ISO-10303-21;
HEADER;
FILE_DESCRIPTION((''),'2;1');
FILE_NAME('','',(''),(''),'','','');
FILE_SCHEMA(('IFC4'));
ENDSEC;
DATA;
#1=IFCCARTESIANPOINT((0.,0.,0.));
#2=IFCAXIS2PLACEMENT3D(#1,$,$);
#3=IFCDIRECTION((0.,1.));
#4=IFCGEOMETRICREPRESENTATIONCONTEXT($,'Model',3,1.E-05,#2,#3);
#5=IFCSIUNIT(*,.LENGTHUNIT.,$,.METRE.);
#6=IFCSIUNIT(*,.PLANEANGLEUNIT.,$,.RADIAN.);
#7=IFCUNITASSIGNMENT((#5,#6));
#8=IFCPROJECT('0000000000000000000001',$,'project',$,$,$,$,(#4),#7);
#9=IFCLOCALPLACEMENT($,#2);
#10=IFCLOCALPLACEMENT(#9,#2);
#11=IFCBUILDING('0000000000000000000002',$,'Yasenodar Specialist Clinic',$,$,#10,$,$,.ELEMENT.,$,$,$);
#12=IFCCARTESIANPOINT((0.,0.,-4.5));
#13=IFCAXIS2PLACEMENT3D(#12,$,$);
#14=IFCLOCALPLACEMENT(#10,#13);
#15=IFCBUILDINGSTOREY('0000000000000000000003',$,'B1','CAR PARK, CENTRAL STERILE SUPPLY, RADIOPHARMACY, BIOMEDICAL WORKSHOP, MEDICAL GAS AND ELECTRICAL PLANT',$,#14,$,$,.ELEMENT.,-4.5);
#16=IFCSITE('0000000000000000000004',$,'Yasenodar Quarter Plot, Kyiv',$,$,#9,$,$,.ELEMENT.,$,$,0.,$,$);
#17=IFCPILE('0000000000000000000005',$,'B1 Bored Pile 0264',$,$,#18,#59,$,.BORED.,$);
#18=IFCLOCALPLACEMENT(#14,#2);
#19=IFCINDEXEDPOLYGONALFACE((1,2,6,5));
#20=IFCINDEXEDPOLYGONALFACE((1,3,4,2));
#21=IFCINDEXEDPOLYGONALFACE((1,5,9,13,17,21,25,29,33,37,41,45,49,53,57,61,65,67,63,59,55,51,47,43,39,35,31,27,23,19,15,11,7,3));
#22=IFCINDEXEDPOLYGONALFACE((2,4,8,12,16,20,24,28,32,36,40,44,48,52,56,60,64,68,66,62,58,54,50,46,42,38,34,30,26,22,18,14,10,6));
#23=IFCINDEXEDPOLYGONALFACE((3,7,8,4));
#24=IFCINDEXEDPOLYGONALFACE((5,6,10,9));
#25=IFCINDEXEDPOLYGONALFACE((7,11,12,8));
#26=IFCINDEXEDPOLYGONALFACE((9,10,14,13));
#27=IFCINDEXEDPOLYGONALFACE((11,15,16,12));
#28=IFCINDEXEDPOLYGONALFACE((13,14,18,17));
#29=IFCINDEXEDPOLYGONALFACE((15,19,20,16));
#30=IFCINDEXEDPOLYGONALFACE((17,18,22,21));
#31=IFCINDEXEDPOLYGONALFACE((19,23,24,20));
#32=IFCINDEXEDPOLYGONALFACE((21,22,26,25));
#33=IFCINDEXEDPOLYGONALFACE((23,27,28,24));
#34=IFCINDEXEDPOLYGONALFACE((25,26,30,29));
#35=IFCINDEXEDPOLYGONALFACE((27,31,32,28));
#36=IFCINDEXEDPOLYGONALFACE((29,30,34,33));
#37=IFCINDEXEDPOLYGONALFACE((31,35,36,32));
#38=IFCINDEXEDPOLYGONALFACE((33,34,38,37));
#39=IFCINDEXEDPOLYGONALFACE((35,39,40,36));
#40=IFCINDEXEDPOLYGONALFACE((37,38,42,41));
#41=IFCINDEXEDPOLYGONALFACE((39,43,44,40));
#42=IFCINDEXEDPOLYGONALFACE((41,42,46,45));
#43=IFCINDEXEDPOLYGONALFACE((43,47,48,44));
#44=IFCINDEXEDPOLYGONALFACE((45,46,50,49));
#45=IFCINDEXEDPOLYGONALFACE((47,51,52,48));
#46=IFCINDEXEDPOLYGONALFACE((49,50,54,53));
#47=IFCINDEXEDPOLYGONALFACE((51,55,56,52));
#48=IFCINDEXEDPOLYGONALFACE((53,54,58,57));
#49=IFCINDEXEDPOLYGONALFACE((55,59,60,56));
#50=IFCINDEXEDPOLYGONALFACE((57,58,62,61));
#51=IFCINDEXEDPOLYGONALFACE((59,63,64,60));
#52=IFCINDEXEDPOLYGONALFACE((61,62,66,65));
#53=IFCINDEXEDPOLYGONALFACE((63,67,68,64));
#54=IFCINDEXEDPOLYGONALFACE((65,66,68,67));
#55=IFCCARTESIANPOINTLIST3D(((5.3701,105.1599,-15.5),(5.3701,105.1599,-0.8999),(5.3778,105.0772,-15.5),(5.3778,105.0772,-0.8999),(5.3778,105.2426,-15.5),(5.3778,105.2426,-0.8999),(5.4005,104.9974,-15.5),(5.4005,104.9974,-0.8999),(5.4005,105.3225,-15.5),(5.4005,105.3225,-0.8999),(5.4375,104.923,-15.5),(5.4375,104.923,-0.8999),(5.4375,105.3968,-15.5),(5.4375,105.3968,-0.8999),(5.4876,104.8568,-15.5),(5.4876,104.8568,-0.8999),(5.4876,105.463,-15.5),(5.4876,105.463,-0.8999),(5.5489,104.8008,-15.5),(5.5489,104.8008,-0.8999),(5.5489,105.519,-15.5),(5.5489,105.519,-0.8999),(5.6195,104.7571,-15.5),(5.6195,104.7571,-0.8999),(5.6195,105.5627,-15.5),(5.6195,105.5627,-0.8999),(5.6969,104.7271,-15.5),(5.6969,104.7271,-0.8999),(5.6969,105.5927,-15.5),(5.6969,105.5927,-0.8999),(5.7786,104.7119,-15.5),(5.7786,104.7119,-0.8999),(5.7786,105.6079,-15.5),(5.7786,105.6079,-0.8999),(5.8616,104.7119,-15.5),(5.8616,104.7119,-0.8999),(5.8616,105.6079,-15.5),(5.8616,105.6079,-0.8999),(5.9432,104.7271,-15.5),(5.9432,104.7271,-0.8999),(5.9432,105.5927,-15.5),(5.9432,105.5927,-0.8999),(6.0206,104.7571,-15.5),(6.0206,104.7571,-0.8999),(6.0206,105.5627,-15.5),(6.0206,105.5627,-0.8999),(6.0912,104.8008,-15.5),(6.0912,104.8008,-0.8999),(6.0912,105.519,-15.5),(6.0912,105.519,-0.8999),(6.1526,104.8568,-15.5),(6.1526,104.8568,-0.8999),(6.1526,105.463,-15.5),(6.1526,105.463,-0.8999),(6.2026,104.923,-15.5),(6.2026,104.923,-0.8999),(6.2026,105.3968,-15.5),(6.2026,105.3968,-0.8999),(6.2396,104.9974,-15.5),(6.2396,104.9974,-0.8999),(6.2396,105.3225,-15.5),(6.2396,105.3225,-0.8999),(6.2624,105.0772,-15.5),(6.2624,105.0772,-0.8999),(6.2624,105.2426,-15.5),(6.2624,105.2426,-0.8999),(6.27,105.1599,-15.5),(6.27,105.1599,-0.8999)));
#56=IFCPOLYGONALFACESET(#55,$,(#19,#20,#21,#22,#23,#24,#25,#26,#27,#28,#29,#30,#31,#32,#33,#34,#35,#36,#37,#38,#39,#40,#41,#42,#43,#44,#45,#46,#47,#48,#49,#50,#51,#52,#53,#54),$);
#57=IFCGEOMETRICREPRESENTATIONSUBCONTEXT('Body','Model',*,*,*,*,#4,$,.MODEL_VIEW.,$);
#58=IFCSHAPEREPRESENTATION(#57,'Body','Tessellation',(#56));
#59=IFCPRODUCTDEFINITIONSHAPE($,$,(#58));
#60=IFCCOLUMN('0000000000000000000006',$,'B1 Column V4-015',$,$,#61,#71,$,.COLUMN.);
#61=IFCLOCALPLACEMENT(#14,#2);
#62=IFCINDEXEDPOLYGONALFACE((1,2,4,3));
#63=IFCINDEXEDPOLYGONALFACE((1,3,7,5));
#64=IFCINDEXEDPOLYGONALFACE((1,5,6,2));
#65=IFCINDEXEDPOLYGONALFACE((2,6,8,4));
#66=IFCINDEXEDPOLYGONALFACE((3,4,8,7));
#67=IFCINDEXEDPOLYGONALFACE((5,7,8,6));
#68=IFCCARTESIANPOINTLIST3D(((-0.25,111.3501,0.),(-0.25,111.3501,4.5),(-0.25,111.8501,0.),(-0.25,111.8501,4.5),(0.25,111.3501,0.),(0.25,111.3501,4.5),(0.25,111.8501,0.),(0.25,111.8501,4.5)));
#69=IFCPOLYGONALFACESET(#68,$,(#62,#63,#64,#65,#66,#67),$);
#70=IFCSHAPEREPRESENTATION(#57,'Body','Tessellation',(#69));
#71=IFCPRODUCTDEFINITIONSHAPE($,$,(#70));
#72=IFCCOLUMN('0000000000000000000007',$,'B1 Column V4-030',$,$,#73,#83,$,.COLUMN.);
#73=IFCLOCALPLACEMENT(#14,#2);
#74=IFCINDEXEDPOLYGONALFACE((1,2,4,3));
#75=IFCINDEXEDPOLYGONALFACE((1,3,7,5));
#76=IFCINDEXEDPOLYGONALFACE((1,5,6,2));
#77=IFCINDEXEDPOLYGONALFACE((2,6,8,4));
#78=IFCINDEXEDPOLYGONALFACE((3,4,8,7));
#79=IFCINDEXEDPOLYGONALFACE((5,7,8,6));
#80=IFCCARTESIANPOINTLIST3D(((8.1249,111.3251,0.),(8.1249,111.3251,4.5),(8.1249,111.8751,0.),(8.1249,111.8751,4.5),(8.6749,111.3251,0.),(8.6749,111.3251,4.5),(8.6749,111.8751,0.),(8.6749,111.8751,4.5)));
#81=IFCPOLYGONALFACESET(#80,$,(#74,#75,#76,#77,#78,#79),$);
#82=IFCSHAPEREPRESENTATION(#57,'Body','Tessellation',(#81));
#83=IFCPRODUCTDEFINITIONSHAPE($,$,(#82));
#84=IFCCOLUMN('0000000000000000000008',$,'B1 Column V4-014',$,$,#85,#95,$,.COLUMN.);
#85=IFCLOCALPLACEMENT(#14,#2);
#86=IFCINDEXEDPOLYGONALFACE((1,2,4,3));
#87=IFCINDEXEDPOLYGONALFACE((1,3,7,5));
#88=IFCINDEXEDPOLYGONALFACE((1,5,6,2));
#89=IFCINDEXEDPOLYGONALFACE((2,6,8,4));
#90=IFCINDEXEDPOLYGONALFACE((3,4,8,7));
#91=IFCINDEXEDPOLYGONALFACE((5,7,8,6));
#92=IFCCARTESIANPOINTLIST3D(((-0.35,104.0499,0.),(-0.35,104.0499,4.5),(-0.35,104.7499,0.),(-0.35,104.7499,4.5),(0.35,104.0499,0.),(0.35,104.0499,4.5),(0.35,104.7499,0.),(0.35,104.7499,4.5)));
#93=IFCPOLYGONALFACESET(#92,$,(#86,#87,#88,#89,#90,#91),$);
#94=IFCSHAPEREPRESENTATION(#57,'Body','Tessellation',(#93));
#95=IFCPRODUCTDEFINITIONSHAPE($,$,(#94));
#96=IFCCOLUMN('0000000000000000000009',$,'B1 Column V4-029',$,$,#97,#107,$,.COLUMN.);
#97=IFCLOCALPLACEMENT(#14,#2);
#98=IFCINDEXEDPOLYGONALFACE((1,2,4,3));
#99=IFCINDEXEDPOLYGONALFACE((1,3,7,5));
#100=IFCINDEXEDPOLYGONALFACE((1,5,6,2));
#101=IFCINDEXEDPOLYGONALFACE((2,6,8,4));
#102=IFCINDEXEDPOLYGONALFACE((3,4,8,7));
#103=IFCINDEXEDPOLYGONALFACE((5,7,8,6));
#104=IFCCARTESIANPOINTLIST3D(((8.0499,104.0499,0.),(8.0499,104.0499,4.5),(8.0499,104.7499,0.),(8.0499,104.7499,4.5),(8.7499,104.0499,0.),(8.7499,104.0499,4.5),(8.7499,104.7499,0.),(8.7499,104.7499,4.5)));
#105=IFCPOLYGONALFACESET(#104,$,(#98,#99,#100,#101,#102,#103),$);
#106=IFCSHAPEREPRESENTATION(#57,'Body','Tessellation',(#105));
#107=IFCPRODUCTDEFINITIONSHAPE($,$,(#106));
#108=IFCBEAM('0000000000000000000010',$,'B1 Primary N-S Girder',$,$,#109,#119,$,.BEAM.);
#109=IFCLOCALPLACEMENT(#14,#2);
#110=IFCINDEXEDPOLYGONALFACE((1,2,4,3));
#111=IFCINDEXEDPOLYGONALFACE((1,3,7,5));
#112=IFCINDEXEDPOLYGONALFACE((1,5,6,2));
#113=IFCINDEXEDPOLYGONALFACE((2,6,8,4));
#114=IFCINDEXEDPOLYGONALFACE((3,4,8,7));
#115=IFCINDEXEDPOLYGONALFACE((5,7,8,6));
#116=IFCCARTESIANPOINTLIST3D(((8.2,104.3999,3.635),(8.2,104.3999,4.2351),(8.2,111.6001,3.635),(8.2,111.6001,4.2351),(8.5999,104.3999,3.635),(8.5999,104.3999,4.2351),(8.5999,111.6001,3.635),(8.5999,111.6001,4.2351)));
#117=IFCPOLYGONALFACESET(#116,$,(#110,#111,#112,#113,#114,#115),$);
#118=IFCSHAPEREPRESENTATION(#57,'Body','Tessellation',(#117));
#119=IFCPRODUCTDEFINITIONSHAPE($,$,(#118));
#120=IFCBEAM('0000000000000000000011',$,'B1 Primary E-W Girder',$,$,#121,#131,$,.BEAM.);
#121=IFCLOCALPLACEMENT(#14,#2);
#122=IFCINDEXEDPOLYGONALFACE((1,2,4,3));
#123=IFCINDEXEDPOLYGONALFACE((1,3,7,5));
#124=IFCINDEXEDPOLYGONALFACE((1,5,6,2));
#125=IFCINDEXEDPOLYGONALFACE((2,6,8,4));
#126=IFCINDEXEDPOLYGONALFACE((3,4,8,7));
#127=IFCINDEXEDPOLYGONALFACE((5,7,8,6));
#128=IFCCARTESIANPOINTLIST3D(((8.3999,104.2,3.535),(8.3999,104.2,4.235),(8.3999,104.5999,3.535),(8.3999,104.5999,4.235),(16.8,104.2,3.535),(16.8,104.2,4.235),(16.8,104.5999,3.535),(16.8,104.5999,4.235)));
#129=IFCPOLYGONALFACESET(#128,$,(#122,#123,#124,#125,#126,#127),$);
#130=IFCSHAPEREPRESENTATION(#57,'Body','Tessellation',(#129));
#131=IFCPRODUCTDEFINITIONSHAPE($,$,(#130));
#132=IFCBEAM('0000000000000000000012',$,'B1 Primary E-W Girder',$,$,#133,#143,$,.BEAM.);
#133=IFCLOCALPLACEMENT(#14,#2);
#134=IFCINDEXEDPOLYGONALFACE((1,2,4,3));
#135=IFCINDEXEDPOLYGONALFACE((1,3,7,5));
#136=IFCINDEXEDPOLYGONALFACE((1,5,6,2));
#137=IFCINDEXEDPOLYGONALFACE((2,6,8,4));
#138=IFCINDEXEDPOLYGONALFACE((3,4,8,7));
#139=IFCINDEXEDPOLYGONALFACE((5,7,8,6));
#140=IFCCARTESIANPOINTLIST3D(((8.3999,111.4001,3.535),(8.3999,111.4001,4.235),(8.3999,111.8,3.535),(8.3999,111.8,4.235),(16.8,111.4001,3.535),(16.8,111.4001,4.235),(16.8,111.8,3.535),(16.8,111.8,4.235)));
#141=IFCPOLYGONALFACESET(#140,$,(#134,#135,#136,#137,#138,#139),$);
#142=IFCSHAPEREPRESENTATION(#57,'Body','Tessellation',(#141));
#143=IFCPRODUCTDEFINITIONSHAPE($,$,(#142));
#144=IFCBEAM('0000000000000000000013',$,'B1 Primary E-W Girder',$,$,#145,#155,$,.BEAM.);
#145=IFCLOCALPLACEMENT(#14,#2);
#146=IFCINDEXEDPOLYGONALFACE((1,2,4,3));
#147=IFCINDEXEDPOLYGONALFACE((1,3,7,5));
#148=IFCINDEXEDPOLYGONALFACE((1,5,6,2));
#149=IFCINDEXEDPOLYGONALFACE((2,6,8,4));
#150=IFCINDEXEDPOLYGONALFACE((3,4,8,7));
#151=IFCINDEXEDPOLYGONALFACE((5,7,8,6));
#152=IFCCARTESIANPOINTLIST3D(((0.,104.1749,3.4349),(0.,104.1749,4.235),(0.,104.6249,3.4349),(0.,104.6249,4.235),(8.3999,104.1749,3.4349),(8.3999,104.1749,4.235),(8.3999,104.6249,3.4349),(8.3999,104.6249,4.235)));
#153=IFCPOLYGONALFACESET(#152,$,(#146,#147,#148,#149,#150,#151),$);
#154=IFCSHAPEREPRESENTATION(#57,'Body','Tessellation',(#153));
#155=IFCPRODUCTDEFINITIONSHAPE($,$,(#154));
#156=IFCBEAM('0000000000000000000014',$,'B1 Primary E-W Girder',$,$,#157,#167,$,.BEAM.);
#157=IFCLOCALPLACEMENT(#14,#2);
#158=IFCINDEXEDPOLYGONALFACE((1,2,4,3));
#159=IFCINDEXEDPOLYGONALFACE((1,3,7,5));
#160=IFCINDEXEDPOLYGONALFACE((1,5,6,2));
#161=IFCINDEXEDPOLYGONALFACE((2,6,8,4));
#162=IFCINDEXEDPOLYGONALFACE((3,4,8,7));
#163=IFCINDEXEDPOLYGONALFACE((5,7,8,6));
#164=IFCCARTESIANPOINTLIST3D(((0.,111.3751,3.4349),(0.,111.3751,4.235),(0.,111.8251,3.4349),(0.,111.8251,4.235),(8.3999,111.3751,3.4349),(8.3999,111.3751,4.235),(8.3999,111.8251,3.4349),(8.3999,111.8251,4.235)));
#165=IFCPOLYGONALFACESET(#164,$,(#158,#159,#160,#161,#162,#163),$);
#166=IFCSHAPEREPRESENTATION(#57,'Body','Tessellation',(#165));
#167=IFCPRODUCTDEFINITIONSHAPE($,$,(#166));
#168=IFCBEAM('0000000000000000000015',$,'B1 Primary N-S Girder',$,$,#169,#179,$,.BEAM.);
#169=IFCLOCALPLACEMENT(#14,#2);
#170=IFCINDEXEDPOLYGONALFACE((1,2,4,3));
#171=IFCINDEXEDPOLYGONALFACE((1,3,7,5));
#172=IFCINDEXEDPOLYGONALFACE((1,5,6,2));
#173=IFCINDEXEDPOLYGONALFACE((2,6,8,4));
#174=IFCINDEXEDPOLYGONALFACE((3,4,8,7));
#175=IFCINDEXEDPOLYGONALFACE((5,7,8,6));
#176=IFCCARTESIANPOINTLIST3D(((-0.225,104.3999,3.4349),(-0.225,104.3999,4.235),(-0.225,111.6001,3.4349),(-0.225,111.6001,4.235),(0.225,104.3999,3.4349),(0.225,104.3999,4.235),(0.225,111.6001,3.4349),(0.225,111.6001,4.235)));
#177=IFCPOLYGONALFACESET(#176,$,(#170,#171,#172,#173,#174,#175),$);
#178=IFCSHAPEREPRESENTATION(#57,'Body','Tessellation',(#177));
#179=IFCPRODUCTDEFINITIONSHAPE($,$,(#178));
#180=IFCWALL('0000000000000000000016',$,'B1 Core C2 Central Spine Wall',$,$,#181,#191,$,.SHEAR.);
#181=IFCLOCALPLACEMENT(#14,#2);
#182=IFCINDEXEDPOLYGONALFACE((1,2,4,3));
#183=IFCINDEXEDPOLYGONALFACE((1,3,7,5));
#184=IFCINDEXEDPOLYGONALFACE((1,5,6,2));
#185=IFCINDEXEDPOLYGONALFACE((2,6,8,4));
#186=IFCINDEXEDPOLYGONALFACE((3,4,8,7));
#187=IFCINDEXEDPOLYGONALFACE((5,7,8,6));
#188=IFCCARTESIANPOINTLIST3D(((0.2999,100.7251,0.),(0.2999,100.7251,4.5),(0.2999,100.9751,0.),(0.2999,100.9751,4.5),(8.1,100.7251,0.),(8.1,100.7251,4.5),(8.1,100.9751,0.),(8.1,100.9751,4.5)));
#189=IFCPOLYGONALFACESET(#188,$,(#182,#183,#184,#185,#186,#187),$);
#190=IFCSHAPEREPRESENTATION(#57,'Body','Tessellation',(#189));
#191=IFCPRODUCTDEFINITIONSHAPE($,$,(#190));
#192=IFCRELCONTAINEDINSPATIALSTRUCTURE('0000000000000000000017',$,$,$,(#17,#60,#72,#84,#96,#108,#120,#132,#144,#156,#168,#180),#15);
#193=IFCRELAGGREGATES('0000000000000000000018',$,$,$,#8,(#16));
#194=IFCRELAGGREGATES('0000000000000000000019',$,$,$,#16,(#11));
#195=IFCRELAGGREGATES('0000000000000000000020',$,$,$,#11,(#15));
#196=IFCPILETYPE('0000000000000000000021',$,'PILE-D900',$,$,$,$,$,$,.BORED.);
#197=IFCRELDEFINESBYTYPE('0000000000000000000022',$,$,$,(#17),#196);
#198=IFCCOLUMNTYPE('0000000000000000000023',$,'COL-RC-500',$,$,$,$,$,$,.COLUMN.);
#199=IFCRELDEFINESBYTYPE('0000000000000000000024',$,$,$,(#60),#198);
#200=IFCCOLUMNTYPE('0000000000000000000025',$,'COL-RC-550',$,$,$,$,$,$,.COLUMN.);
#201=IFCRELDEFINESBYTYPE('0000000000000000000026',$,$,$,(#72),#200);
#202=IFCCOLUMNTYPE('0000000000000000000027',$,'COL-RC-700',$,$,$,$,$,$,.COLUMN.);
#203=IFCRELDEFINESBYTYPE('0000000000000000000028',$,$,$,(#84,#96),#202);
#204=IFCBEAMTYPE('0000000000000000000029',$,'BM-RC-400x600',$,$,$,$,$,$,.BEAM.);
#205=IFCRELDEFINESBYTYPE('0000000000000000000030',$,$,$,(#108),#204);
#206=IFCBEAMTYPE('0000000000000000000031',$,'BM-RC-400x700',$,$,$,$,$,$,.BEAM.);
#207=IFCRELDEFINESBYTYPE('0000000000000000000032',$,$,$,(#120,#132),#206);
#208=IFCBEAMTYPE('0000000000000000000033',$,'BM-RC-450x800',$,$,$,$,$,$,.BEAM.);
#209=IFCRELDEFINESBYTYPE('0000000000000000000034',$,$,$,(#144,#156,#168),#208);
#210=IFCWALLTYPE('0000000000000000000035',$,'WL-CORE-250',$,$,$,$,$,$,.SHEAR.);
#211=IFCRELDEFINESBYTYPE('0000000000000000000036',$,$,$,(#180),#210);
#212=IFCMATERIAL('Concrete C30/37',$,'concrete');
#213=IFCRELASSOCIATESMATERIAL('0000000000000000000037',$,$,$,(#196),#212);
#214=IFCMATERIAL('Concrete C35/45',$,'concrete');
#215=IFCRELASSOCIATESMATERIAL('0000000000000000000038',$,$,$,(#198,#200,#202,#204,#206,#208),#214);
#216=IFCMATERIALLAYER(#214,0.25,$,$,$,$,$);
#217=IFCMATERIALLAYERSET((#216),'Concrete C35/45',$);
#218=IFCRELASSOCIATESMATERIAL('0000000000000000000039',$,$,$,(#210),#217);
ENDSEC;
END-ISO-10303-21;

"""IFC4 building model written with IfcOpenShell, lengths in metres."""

from ifc_helpers import new_model, si_unit, direction, frame, frame_2d, origin, origin_2d, place, context, subcontext, project, spatial, rectangle, circle, extrude, material, layer, layer_set, material_profile, profile_set, type_object, element, save


model = new_model("IFC4")

# Units and contexts
model_context = context("Model", 3, precision=1e-05, world=origin(), true_north=direction((0.0, 1.0)))
body_context = subcontext(model_context, "Body", "Model", "MODEL_VIEW")
ifc_project = project(units=[si_unit("LENGTHUNIT", "METRE"), si_unit("PLANEANGLEUNIT", "RADIAN")], contexts=[model_context])

# Site, building, storey
site_placement = place(None, origin())
site = spatial("IfcSite", under=ifc_project, at=site_placement, Name="Yasenodar Quarter Plot, Kyiv", CompositionType="ELEMENT", RefElevation=0.0)
building_placement = place(site_placement, origin())
building = spatial("IfcBuilding", under=site, at=building_placement, Name="Yasenodar Specialist Clinic", CompositionType="ELEMENT")
storey_placement = place(building_placement, frame((0.0, 0.0, -4.5)))
storey = spatial("IfcBuildingStorey", under=building, at=storey_placement, Name="B1", Description="CAR PARK, CENTRAL STERILE SUPPLY, RADIOPHARMACY, BIOMEDICAL WORKSHOP, MEDICAL GAS AND ELECTRICAL PLANT", CompositionType="ELEMENT", Elevation=-4.5)

# Shared definitions
ifc_material_1 = material(Name="Concrete C35/45", Category="concrete")

# Pile
ifc_material_2 = material(Name="Concrete C30/37", Category="concrete")
ifc_material_profile_1 = material_profile(ifc_material_2, circle(Radius=0.45, at=origin_2d()), Name="PILE D900")
ifc_profile_set_1 = profile_set([ifc_material_profile_1], Name="Concrete C30/37")
pile_type_1 = type_object("IfcPileType", Name="PILE-D900", PredefinedType="BORED", material=ifc_profile_set_1)
for number, where, z_axis, x_axis, name in (
    (1, (5.8201, 105.1599, -0.8999), (0.0, 0.0, -1.0), (1.0, 0.0, 0.0), "B1 Bored Pile 0264"),
):
    element("IfcPile", number, at=place(storey_placement, frame(where, z_axis=z_axis, x_axis=x_axis)), inside=storey, type_object=pile_type_1, Name=name, PredefinedType="BORED", context=body_context, shape_type="SweptSolid", body=[
        extrude(circle(Radius=0.45, at=origin_2d()), origin(), (0.0, 0.0, 1.0), 14.6001),
    ])

# Columns
ifc_material_profile_2 = material_profile(ifc_material_1, rectangle(XDim=0.5, YDim=0.5, at=origin_2d()), Name="RC 500x500")
ifc_profile_set_2 = profile_set([ifc_material_profile_2], Name="Concrete C35/45")
column_type_1 = type_object("IfcColumnType", Name="COL-RC-500", PredefinedType="COLUMN", material=ifc_profile_set_2)
column_1_placement = place(storey_placement, frame((0.0, 111.6001, 0.0), z_axis=(0.0, 0.0, 1.0), x_axis=(1.0, 0.0, 0.0)))
element("IfcColumn", 2, at=column_1_placement, inside=storey, type_object=column_type_1, Name="B1 Column V4-015", PredefinedType="COLUMN", context=body_context, shape_type="SweptSolid", body=[
    extrude(rectangle(XDim=0.5, YDim=0.5, at=origin_2d()), origin(), (0.0, 0.0, 1.0), 4.5),
])
ifc_material_profile_3 = material_profile(ifc_material_1, rectangle(XDim=0.55, YDim=0.55, at=origin_2d()), Name="RC 550x550")
ifc_profile_set_3 = profile_set([ifc_material_profile_3], Name="Concrete C35/45")
column_type_2 = type_object("IfcColumnType", Name="COL-RC-550", PredefinedType="COLUMN", material=ifc_profile_set_3)
column_2_placement = place(storey_placement, frame((8.3999, 111.6001, 0.0), z_axis=(0.0, 0.0, 1.0), x_axis=(1.0, 0.0, 0.0)))
element("IfcColumn", 3, at=column_2_placement, inside=storey, type_object=column_type_2, Name="B1 Column V4-030", PredefinedType="COLUMN", context=body_context, shape_type="SweptSolid", body=[
    extrude(rectangle(XDim=0.55, YDim=0.55, at=origin_2d()), origin(), (0.0, 0.0, 1.0), 4.5),
])
ifc_material_profile_4 = material_profile(ifc_material_1, rectangle(XDim=0.7, YDim=0.7, at=origin_2d()), Name="RC 700x700")
ifc_profile_set_4 = profile_set([ifc_material_profile_4], Name="Concrete C35/45")
column_type_3 = type_object("IfcColumnType", Name="COL-RC-700", PredefinedType="COLUMN", material=ifc_profile_set_4)
for number, where, z_axis, x_axis, name in (
    (4, (0.0, 104.3999, 0.0), (0.0, 0.0, 1.0), (1.0, 0.0, 0.0), "B1 Column V4-014"),
    (5, (8.3999, 104.3999, 0.0), (0.0, 0.0, 1.0), (1.0, 0.0, 0.0), "B1 Column V4-029"),
):
    element("IfcColumn", number, at=place(storey_placement, frame(where, z_axis=z_axis, x_axis=x_axis)), inside=storey, type_object=column_type_3, Name=name, PredefinedType="COLUMN", context=body_context, shape_type="SweptSolid", body=[
        extrude(rectangle(XDim=0.7, YDim=0.7, at=origin_2d()), origin(), (0.0, 0.0, 1.0), 4.5),
    ])

# Beams
ifc_material_profile_5 = material_profile(ifc_material_1, rectangle(XDim=0.3999, YDim=0.6001, at=origin_2d()), Name="RC 400x600")
ifc_profile_set_5 = profile_set([ifc_material_profile_5], Name="Concrete C35/45")
beam_type_1 = type_object("IfcBeamType", Name="BM-RC-400x600", PredefinedType="BEAM", material=ifc_profile_set_5)
beam_1_placement = place(storey_placement, frame((8.3999, 104.3999, 3.9351), z_axis=(0.0, 1.0, 0.0), x_axis=(-1.0, 0.0, 0.0)))
element("IfcBeam", 6, at=beam_1_placement, inside=storey, type_object=beam_type_1, Name="B1 Primary N-S Girder", PredefinedType="BEAM", context=body_context, shape_type="SweptSolid", body=[
    extrude(rectangle(XDim=0.3999, YDim=0.6001, at=origin_2d()), origin(), (0.0, 0.0, 1.0), 7.2002),
])
ifc_material_profile_6 = material_profile(ifc_material_1, rectangle(XDim=0.3999, YDim=0.7, at=origin_2d()), Name="RC 400x700")
ifc_profile_set_6 = profile_set([ifc_material_profile_6], Name="Concrete C35/45")
beam_type_2 = type_object("IfcBeamType", Name="BM-RC-400x700", PredefinedType="BEAM", material=ifc_profile_set_6)
for number, where, z_axis, x_axis, name in (
    (7, (8.3999, 104.3999, 3.885), (1.0, 0.0, 0.0), (0.0, 1.0, 0.0), "B1 Primary E-W Girder"),
    (8, (8.3999, 111.6001, 3.885), (1.0, 0.0, 0.0), (0.0, 1.0, 0.0), "B1 Primary E-W Girder"),
):
    element("IfcBeam", number, at=place(storey_placement, frame(where, z_axis=z_axis, x_axis=x_axis)), inside=storey, type_object=beam_type_2, Name=name, PredefinedType="BEAM", context=body_context, shape_type="SweptSolid", body=[
        extrude(rectangle(XDim=0.3999, YDim=0.7, at=origin_2d()), origin(), (0.0, 0.0, 1.0), 8.4001),
    ])
ifc_material_profile_7 = material_profile(ifc_material_1, rectangle(XDim=0.45, YDim=0.8, at=origin_2d()), Name="RC 450x800")
ifc_profile_set_7 = profile_set([ifc_material_profile_7], Name="Concrete C35/45")
beam_type_3 = type_object("IfcBeamType", Name="BM-RC-450x800", PredefinedType="BEAM", material=ifc_profile_set_7)
for number, where, z_axis, x_axis, name in (
    (9, (0.0, 104.3999, 3.835), (1.0, 0.0, 0.0), (0.0, 1.0, 0.0), "B1 Primary E-W Girder"),
    (10, (0.0, 111.6001, 3.835), (1.0, 0.0, 0.0), (0.0, 1.0, 0.0), "B1 Primary E-W Girder"),
):
    element("IfcBeam", number, at=place(storey_placement, frame(where, z_axis=z_axis, x_axis=x_axis)), inside=storey, type_object=beam_type_3, Name=name, PredefinedType="BEAM", context=body_context, shape_type="SweptSolid", body=[
        extrude(rectangle(XDim=0.45, YDim=0.8, at=origin_2d()), origin(), (0.0, 0.0, 1.0), 8.3999),
    ])
beam_2_placement = place(storey_placement, frame((0.0, 104.3999, 3.835), z_axis=(0.0, 1.0, 0.0), x_axis=(-1.0, 0.0, 0.0)))
element("IfcBeam", 11, at=beam_2_placement, inside=storey, type_object=beam_type_3, Name="B1 Primary N-S Girder", PredefinedType="BEAM", context=body_context, shape_type="SweptSolid", body=[
    extrude(rectangle(XDim=0.45, YDim=0.8, at=origin_2d()), origin(), (0.0, 0.0, 1.0), 7.2002),
])

# Wall
ifc_layer_1 = layer(ifc_material_1, 0.25)
ifc_layer_set_1 = layer_set([ifc_layer_1], Name="Concrete C35/45")
wall_type_1 = type_object("IfcWallType", Name="WL-CORE-250", PredefinedType="SHEAR", material=ifc_layer_set_1)
wall_1_placement = place(storey_placement, frame((0.3, 100.8501, 0.0), z_axis=(0.0, 0.0, 1.0), x_axis=(1.0, 0.0, 0.0)))
element("IfcWall", 12, at=wall_1_placement, inside=storey, type_object=wall_type_1, Name="B1 Core C2 Central Spine Wall", PredefinedType="SHEAR", context=body_context, shape_type="SweptSolid", body=[
    extrude(rectangle(XDim=7.8, YDim=0.25, at=frame_2d((3.8999, 0.0))), origin(), (0.0, 0.0, 1.0), 4.5),
])

save(model, "model.ifc")
